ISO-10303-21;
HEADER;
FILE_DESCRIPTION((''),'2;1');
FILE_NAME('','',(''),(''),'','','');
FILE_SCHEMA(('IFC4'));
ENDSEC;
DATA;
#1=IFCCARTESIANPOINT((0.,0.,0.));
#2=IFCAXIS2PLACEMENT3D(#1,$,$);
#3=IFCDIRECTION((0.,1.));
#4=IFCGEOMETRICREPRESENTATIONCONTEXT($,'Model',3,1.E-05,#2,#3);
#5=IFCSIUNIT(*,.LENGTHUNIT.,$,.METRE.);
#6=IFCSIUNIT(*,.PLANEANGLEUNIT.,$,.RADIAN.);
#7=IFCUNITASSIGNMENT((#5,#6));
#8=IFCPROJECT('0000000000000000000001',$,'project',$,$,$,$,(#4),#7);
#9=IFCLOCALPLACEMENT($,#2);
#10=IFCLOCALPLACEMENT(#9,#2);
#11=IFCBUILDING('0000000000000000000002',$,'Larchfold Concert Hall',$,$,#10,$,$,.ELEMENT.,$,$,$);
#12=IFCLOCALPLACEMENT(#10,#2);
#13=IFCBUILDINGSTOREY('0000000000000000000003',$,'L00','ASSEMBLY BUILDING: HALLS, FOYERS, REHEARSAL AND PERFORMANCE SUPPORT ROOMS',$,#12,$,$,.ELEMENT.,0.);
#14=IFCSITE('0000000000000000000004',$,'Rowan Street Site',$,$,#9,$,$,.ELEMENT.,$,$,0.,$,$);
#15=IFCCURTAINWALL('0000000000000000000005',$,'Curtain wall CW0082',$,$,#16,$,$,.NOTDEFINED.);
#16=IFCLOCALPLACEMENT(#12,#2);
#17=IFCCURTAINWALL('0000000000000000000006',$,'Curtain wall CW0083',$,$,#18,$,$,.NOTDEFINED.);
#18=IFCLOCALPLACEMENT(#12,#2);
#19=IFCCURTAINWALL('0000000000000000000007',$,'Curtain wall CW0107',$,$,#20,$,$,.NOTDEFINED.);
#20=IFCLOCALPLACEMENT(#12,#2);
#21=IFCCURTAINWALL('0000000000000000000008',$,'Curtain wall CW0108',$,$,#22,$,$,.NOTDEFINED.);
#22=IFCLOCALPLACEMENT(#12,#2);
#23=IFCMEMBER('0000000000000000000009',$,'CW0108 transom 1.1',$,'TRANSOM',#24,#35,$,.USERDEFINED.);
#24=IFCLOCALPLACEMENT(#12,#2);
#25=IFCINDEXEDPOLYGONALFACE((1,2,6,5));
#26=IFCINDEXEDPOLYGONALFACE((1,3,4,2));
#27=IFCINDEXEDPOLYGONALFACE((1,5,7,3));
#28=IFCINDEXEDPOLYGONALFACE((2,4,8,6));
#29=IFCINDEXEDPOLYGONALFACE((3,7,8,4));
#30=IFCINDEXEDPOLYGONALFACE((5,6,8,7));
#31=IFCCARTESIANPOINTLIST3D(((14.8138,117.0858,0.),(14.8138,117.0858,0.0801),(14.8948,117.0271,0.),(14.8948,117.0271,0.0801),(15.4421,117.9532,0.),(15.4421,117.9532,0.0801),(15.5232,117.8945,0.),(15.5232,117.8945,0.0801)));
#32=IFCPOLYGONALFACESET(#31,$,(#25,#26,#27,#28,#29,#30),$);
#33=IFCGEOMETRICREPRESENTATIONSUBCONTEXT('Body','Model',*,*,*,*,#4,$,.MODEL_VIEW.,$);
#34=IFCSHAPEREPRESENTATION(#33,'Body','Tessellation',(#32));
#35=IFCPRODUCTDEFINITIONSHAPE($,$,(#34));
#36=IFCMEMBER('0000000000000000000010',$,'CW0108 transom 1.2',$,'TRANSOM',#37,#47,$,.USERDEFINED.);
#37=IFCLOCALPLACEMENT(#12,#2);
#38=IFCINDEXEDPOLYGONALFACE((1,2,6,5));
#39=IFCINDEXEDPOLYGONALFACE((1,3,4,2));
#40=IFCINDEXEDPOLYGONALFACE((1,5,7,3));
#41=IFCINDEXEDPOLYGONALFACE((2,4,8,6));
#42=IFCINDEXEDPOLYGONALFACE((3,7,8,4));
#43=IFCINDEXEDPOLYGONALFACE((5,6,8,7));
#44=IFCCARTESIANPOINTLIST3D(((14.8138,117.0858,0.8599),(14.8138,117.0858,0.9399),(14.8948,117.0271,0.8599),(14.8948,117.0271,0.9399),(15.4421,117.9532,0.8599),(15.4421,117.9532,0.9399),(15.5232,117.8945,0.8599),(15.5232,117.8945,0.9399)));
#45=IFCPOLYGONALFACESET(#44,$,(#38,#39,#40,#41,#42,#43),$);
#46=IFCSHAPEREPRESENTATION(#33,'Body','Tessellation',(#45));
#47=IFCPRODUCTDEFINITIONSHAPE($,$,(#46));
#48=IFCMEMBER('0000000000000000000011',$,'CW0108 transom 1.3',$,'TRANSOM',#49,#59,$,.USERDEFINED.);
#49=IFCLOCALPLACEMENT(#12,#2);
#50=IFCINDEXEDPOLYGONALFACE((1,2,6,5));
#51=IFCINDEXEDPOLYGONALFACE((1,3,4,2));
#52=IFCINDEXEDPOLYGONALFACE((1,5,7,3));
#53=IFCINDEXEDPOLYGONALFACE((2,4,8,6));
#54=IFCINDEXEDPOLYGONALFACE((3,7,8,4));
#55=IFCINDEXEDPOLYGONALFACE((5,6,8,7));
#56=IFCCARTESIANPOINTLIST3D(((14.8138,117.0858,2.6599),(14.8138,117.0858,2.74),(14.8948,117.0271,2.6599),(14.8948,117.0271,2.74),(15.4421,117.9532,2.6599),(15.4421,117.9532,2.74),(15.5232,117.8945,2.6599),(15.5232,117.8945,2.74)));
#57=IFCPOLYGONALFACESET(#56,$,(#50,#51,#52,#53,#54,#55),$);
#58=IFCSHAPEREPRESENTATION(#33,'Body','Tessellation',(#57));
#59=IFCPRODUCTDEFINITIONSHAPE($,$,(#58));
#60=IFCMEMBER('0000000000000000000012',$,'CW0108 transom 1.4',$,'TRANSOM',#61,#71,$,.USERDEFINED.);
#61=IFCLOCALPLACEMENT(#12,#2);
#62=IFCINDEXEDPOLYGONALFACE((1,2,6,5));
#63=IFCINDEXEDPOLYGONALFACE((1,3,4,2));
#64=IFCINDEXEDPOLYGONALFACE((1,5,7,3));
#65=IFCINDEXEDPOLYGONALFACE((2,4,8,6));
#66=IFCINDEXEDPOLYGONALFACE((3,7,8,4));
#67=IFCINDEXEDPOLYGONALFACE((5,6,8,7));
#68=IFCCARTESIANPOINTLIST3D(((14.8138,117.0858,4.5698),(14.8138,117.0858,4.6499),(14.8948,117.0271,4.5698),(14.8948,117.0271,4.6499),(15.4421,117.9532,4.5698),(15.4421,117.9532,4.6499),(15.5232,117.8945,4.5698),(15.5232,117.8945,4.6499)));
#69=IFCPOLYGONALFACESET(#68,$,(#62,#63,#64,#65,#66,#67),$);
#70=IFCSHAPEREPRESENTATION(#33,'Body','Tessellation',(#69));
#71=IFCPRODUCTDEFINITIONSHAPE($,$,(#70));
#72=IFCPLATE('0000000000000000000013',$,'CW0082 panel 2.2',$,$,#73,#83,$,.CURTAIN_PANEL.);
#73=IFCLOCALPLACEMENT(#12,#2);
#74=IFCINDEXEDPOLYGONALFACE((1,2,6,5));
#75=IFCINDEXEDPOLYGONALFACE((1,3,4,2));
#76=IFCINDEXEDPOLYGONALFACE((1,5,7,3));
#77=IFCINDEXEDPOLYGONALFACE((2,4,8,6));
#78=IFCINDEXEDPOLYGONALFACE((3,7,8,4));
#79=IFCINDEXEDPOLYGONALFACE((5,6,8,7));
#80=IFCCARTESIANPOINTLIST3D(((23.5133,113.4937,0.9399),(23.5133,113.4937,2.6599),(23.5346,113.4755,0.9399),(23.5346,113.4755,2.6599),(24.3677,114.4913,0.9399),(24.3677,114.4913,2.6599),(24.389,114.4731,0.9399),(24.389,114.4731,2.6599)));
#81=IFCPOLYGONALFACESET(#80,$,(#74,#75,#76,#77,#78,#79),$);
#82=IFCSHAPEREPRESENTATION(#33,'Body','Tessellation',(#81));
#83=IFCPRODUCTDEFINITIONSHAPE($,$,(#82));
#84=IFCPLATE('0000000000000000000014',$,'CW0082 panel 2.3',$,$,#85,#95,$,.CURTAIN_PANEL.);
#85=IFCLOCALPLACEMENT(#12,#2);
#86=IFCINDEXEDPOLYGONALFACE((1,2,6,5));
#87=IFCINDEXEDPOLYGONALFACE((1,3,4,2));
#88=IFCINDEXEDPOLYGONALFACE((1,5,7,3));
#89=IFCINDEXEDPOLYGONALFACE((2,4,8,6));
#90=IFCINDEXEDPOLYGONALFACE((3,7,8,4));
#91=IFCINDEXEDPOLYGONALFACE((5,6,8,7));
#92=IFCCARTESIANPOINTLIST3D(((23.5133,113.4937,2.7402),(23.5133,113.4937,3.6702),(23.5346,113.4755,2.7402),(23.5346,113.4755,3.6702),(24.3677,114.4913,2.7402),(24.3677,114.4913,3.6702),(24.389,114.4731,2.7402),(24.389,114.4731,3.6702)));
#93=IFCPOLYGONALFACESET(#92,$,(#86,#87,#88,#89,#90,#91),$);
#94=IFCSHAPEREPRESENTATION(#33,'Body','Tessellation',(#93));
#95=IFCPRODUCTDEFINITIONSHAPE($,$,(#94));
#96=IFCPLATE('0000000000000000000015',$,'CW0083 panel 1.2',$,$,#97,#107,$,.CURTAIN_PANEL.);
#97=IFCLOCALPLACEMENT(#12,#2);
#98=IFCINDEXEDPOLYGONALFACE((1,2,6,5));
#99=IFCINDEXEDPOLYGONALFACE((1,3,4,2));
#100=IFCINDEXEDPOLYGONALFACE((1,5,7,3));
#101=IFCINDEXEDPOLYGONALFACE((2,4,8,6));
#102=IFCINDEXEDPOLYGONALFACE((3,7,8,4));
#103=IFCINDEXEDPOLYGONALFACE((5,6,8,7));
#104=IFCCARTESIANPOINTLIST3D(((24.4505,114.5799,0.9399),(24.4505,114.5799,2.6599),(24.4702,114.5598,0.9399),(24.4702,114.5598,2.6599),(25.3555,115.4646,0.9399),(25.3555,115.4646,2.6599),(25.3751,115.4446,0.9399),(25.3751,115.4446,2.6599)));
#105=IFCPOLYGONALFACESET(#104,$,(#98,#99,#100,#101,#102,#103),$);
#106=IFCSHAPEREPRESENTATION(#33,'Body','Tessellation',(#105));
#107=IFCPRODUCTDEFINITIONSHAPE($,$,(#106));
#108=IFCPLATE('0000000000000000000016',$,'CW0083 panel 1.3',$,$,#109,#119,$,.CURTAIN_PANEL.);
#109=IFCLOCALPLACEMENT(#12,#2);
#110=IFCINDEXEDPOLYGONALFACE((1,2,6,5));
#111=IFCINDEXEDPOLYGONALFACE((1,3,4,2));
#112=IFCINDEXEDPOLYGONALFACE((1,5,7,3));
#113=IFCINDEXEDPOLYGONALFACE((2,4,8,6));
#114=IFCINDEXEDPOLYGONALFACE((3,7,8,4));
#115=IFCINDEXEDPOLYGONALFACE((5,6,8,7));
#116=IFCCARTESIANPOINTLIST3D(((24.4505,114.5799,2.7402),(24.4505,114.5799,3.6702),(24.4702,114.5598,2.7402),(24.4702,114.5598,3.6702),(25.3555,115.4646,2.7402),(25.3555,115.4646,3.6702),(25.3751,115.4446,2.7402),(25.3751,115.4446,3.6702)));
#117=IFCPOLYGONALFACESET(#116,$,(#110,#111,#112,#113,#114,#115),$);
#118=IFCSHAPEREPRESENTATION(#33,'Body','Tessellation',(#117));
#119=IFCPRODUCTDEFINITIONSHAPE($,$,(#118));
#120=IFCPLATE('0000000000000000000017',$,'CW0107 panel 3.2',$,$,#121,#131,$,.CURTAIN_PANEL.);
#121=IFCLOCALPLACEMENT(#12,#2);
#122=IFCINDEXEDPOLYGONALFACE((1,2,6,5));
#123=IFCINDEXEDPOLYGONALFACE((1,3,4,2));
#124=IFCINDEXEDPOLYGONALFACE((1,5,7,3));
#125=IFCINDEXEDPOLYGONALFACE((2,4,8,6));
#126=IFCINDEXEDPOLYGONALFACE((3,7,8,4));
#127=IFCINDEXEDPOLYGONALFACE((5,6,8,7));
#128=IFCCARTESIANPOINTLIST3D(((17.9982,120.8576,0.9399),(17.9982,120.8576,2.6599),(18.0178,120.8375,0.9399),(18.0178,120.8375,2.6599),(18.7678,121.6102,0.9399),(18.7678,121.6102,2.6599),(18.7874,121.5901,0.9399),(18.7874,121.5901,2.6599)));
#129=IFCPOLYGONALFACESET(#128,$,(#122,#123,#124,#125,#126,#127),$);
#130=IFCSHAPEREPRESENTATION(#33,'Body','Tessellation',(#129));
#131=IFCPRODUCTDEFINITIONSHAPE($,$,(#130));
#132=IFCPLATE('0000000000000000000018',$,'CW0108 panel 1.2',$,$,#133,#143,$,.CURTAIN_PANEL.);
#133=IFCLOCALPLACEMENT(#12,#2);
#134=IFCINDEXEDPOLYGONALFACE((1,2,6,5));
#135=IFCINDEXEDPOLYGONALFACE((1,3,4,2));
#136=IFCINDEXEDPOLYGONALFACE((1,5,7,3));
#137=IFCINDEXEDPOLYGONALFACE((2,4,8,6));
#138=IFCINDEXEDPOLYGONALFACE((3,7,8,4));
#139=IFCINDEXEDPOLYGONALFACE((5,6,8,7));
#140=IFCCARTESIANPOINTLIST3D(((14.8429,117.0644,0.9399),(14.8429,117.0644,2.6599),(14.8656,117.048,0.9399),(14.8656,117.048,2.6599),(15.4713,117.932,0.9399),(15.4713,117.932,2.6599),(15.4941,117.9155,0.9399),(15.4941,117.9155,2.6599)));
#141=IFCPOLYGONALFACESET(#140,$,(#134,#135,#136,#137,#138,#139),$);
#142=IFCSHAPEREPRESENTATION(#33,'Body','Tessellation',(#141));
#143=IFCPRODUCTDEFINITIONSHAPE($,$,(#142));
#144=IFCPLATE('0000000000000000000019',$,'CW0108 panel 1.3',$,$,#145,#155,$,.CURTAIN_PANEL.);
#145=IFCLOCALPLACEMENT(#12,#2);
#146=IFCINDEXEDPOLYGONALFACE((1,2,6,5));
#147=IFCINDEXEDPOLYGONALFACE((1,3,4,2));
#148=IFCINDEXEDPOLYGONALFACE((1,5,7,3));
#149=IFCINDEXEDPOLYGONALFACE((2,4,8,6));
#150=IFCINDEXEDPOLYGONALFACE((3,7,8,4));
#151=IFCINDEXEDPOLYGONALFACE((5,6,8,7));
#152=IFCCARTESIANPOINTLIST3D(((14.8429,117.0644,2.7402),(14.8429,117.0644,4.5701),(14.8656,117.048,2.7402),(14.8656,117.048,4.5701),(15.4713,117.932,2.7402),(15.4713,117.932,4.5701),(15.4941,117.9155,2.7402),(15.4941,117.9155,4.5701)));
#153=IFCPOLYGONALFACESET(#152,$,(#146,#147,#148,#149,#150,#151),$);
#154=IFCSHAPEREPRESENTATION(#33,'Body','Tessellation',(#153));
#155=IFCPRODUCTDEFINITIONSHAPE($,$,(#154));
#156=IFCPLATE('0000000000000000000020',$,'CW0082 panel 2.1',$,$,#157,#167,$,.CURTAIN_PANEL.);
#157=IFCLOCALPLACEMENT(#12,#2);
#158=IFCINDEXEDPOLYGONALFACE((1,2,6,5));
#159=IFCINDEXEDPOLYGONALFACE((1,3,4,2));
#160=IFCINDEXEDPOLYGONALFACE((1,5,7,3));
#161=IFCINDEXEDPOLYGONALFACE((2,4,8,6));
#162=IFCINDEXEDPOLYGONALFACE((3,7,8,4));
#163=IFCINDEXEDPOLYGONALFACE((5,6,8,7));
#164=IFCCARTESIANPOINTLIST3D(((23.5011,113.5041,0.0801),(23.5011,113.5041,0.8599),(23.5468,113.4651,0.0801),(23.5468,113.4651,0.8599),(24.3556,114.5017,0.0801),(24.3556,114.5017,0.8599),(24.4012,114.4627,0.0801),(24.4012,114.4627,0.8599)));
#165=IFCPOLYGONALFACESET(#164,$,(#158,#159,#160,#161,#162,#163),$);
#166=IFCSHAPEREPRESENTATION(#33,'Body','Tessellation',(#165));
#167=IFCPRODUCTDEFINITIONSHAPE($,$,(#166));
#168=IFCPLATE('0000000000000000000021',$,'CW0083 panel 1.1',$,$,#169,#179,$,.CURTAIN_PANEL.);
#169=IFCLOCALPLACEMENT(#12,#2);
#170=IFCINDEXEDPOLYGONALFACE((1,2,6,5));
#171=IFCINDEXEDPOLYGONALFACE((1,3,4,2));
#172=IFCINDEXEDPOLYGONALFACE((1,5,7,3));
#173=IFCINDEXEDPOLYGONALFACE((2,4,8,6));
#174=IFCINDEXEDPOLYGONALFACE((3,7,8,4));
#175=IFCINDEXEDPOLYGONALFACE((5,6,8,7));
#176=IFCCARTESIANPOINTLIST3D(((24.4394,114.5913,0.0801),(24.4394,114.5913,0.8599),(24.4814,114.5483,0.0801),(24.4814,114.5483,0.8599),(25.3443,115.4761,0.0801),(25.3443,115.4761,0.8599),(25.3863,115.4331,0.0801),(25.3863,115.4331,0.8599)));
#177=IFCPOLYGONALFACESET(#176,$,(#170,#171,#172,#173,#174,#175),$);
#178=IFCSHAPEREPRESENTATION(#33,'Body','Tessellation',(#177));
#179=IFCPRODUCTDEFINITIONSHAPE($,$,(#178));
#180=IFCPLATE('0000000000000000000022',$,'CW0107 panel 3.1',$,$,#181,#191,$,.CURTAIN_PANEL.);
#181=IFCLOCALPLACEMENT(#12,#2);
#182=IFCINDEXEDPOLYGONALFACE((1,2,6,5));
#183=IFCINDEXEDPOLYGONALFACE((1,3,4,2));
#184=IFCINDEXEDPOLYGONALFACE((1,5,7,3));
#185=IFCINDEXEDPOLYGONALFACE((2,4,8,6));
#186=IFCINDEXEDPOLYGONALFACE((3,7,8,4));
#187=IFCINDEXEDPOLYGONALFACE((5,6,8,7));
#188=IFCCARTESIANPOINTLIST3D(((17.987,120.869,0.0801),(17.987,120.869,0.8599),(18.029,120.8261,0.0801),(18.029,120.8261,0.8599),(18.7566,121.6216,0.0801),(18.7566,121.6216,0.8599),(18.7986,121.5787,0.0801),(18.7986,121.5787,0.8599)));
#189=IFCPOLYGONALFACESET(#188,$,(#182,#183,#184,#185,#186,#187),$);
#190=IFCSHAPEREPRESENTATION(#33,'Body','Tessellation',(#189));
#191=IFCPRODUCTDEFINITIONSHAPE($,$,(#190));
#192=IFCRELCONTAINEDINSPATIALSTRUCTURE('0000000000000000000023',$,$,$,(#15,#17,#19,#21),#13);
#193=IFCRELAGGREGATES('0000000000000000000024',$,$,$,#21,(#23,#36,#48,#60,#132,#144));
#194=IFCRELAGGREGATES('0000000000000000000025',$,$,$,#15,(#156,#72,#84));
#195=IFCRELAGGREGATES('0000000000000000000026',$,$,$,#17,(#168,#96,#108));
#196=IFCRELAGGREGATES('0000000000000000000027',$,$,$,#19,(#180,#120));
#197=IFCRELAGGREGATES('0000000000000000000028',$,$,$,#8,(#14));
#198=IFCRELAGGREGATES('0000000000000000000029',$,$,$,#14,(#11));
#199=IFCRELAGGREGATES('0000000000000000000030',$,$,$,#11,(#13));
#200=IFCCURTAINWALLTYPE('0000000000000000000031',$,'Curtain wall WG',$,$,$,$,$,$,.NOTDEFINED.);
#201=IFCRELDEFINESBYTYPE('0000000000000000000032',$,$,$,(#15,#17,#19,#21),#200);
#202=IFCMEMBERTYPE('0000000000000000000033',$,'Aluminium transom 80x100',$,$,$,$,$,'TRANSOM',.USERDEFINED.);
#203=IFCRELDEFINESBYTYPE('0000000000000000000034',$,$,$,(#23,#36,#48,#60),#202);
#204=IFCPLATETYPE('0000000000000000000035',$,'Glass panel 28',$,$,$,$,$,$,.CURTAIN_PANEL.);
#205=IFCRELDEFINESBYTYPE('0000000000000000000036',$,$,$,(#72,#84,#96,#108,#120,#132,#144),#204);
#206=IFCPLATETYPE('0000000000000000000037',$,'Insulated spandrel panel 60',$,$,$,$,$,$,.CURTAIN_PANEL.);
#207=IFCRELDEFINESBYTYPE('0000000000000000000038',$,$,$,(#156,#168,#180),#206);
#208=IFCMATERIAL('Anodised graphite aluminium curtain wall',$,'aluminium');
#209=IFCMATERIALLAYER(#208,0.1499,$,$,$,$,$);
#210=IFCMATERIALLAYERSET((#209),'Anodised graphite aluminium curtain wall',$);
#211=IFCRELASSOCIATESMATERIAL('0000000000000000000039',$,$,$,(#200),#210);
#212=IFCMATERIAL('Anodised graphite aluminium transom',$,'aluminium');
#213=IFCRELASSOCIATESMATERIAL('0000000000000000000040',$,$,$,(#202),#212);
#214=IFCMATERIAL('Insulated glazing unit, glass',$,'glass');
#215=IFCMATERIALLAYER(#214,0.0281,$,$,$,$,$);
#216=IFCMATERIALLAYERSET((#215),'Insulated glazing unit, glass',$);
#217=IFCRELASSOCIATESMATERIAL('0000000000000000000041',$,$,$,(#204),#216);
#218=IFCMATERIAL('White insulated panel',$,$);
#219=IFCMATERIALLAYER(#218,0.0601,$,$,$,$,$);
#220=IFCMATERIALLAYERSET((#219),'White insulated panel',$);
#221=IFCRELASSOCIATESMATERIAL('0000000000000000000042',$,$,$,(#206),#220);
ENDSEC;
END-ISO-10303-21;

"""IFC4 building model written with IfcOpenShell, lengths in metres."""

from ifc_helpers import new_model, si_unit, direction, frame, origin, origin_2d, place, context, subcontext, project, spatial, rectangle, extrude, material, layer, layer_set, material_profile, profile_set, type_object, element, aggregate, save


model = new_model("IFC4")

# Units and contexts
model_context = context("Model", 3, precision=1e-05, world=origin(), true_north=direction((0.0, 1.0)))
body_context = subcontext(model_context, "Body", "Model", "MODEL_VIEW")
ifc_project = project(units=[si_unit("LENGTHUNIT", "METRE"), si_unit("PLANEANGLEUNIT", "RADIAN")], contexts=[model_context])

# Site, building, storey
site_placement = place(None, origin())
site = spatial("IfcSite", under=ifc_project, at=site_placement, Name="Rowan Street Site", CompositionType="ELEMENT", RefElevation=0.0)
building_placement = place(site_placement, origin())
building = spatial("IfcBuilding", under=site, at=building_placement, Name="Larchfold Concert Hall", CompositionType="ELEMENT")
storey_placement = place(building_placement, origin())
storey = spatial("IfcBuildingStorey", under=building, at=storey_placement, Name="L00", Description="ASSEMBLY BUILDING: HALLS, FOYERS, REHEARSAL AND PERFORMANCE SUPPORT ROOMS", CompositionType="ELEMENT", Elevation=0.0)

# Curtain walls
ifc_material_1 = material(Name="Anodised graphite aluminium curtain wall", Category="aluminium")
ifc_layer_1 = layer(ifc_material_1, 0.1499)
ifc_layer_set_1 = layer_set([ifc_layer_1], Name="Anodised graphite aluminium curtain wall")
curtain_wall_type = type_object("IfcCurtainWallType", Name="Curtain wall WG", PredefinedType="NOTDEFINED", material=ifc_layer_set_1)
curtain_wall_1_placement = place(storey_placement, origin())
curtain_wall_1 = element("IfcCurtainWall", 1, at=curtain_wall_1_placement, inside=storey, type_object=curtain_wall_type, Name="Curtain wall CW0082", PredefinedType="NOTDEFINED")
curtain_wall_2_placement = place(storey_placement, origin())
curtain_wall_2 = element("IfcCurtainWall", 2, at=curtain_wall_2_placement, inside=storey, type_object=curtain_wall_type, Name="Curtain wall CW0083", PredefinedType="NOTDEFINED")
curtain_wall_3_placement = place(storey_placement, origin())
curtain_wall_3 = element("IfcCurtainWall", 3, at=curtain_wall_3_placement, inside=storey, type_object=curtain_wall_type, Name="Curtain wall CW0107", PredefinedType="NOTDEFINED")
curtain_wall_4_placement = place(storey_placement, origin())
curtain_wall_4 = element("IfcCurtainWall", 4, at=curtain_wall_4_placement, inside=storey, type_object=curtain_wall_type, Name="Curtain wall CW0108", PredefinedType="NOTDEFINED")

# Members
ifc_material_2 = material(Name="Anodised graphite aluminium transom", Category="aluminium")
ifc_material_profile_1 = material_profile(ifc_material_2, rectangle(XDim=0.1001, YDim=0.0801, at=origin_2d()))
ifc_profile_set_1 = profile_set([ifc_material_profile_1], Name="Anodised graphite aluminium transom")
member_type_1 = type_object("IfcMemberType", Name="Aluminium transom 80x100", ElementType="TRANSOM", PredefinedType="USERDEFINED", material=ifc_profile_set_1)
member_1_placement = place(storey_placement, frame((15.4827, 117.9238, 0.04), z_axis=(-0.58668, -0.809819, 0.0), x_axis=(0.809819, -0.58668, 0.0)))
member_1 = element("IfcMember", 5, at=member_1_placement, type_object=member_type_1, Name="CW0108 transom 1.1", ObjectType="TRANSOM", PredefinedType="USERDEFINED", context=body_context, shape_type="SweptSolid", body=[
    extrude(rectangle(XDim=0.1001, YDim=0.0801, at=origin_2d()), origin(), (0.0, 0.0, 1.0), 1.071),
])
member_2_placement = place(storey_placement, frame((15.4827, 117.9238, 0.8999), z_axis=(-0.58668, -0.809819, 0.0), x_axis=(0.809819, -0.58668, 0.0)))
member_2 = element("IfcMember", 6, at=member_2_placement, type_object=member_type_1, Name="CW0108 transom 1.2", ObjectType="TRANSOM", PredefinedType="USERDEFINED", context=body_context, shape_type="SweptSolid", body=[
    extrude(rectangle(XDim=0.1001, YDim=0.0801, at=origin_2d()), origin(), (0.0, 0.0, 1.0), 1.071),
])
member_3_placement = place(storey_placement, frame((15.4827, 117.9238, 2.7), z_axis=(-0.58668, -0.809819, 0.0), x_axis=(0.809819, -0.58668, 0.0)))
member_3 = element("IfcMember", 7, at=member_3_placement, type_object=member_type_1, Name="CW0108 transom 1.3", ObjectType="TRANSOM", PredefinedType="USERDEFINED", context=body_context, shape_type="SweptSolid", body=[
    extrude(rectangle(XDim=0.1001, YDim=0.0801, at=origin_2d()), origin(), (0.0, 0.0, 1.0), 1.071),
])
member_4_placement = place(storey_placement, frame((15.4827, 117.9238, 4.6099), z_axis=(-0.58668, -0.809819, 0.0), x_axis=(0.809819, -0.58668, 0.0)))
member_4 = element("IfcMember", 8, at=member_4_placement, type_object=member_type_1, Name="CW0108 transom 1.4", ObjectType="TRANSOM", PredefinedType="USERDEFINED", context=body_context, shape_type="SweptSolid", body=[
    extrude(rectangle(XDim=0.1001, YDim=0.0801, at=origin_2d()), origin(), (0.0, 0.0, 1.0), 1.071),
])

# Plates
ifc_material_3 = material(Name="Insulated glazing unit, glass", Category="glass")
ifc_layer_2 = layer(ifc_material_3, 0.0281)
ifc_layer_set_2 = layer_set([ifc_layer_2], Name="Insulated glazing unit, glass")
plate_type_1 = type_object("IfcPlateType", Name="Glass panel 28", PredefinedType="CURTAIN_PANEL", material=ifc_layer_set_2)
plate_1_placement = place(storey_placement, frame((23.9512, 113.9834, 0.9399), z_axis=(0.0, 0.0, 1.0), x_axis=(0.650512, 0.759496, 0.0)))
plate_1 = element("IfcPlate", 9, at=plate_1_placement, type_object=plate_type_1, Name="CW0082 panel 2.2", PredefinedType="CURTAIN_PANEL", context=body_context, shape_type="SweptSolid", body=[
    extrude(rectangle(XDim=1.3135, YDim=0.0281, at=origin_2d()), origin(), (0.0, 0.0, 1.0), 1.72),
])
plate_2_placement = place(storey_placement, frame((23.9512, 113.9834, 2.7402), z_axis=(0.0, 0.0, 1.0), x_axis=(0.650512, 0.759496, 0.0)))
plate_2 = element("IfcPlate", 10, at=plate_2_placement, type_object=plate_type_1, Name="CW0082 panel 2.3", PredefinedType="CURTAIN_PANEL", context=body_context, shape_type="SweptSolid", body=[
    extrude(rectangle(XDim=1.3135, YDim=0.0281, at=origin_2d()), origin(), (0.0, 0.0, 1.0), 0.9299),
])
plate_3_placement = place(storey_placement, frame((24.9128, 115.0122, 0.9399), z_axis=(0.0, 0.0, 1.0), x_axis=(0.715032, 0.699092, 0.0)))
plate_3 = element("IfcPlate", 11, at=plate_3_placement, type_object=plate_type_1, Name="CW0083 panel 1.2", PredefinedType="CURTAIN_PANEL", context=body_context, shape_type="SweptSolid", body=[
    extrude(rectangle(XDim=1.2656, YDim=0.0281, at=origin_2d()), origin(), (0.0, 0.0, 1.0), 1.72),
])
plate_4_placement = place(storey_placement, frame((24.9128, 115.0122, 2.7402), z_axis=(0.0, 0.0, 1.0), x_axis=(0.715032, 0.699092, 0.0)))
plate_4 = element("IfcPlate", 12, at=plate_4_placement, type_object=plate_type_1, Name="CW0083 panel 1.3", PredefinedType="CURTAIN_PANEL", context=body_context, shape_type="SweptSolid", body=[
    extrude(rectangle(XDim=1.2656, YDim=0.0281, at=origin_2d()), origin(), (0.0, 0.0, 1.0), 0.9299),
])
plate_5_placement = place(storey_placement, frame((18.3928, 121.2239, 0.9399), z_axis=(0.0, 0.0, 1.0), x_axis=(-0.714947, -0.699179, 0.0)))
plate_5 = element("IfcPlate", 13, at=plate_5_placement, type_object=plate_type_1, Name="CW0107 panel 3.2", PredefinedType="CURTAIN_PANEL", context=body_context, shape_type="SweptSolid", body=[
    extrude(rectangle(XDim=1.0764, YDim=0.0281, at=origin_2d()), origin(), (0.0, 0.0, 1.0), 1.72),
])
plate_6_placement = place(storey_placement, frame((15.1685, 117.49, 0.9399), z_axis=(0.0, 0.0, 1.0), x_axis=(-0.586641, -0.809847, 0.0)))
plate_6 = element("IfcPlate", 14, at=plate_6_placement, type_object=plate_type_1, Name="CW0108 panel 1.2", PredefinedType="CURTAIN_PANEL", context=body_context, shape_type="SweptSolid", body=[
    extrude(rectangle(XDim=1.0713, YDim=0.0281, at=origin_2d()), origin(), (0.0, 0.0, 1.0), 1.72),
])
plate_7_placement = place(storey_placement, frame((15.1685, 117.49, 2.7402), z_axis=(0.0, 0.0, 1.0), x_axis=(-0.586641, -0.809847, 0.0)))
plate_7 = element("IfcPlate", 15, at=plate_7_placement, type_object=plate_type_1, Name="CW0108 panel 1.3", PredefinedType="CURTAIN_PANEL", context=body_context, shape_type="SweptSolid", body=[
    extrude(rectangle(XDim=1.0713, YDim=0.0281, at=origin_2d()), origin(), (0.0, 0.0, 1.0), 1.8298),
])
aggregate(curtain_wall_4, [member_1, member_2, member_3, member_4, plate_6, plate_7])
ifc_material_4 = material(Name="White insulated panel")
ifc_layer_3 = layer(ifc_material_4, 0.0601)
ifc_layer_set_3 = layer_set([ifc_layer_3], Name="White insulated panel")
plate_type_2 = type_object("IfcPlateType", Name="Insulated spandrel panel 60", PredefinedType="CURTAIN_PANEL", material=ifc_layer_set_3)
plate_8_placement = place(storey_placement, frame((23.9512, 113.9834, 0.0801), z_axis=(0.0, 0.0, 1.0), x_axis=(0.650512, 0.759496, 0.0)))
plate_8 = element("IfcPlate", 16, at=plate_8_placement, type_object=plate_type_2, Name="CW0082 panel 2.1", PredefinedType="CURTAIN_PANEL", context=body_context, shape_type="SweptSolid", body=[
    extrude(rectangle(XDim=1.3135, YDim=0.0601, at=origin_2d()), origin(), (0.0, 0.0, 1.0), 0.7798),
])
aggregate(curtain_wall_1, [plate_8, plate_1, plate_2])
plate_9_placement = place(storey_placement, frame((24.9128, 115.0122, 0.0801), z_axis=(0.0, 0.0, 1.0), x_axis=(0.715032, 0.699092, 0.0)))
plate_9 = element("IfcPlate", 17, at=plate_9_placement, type_object=plate_type_2, Name="CW0083 panel 1.1", PredefinedType="CURTAIN_PANEL", context=body_context, shape_type="SweptSolid", body=[
    extrude(rectangle(XDim=1.2656, YDim=0.0601, at=origin_2d()), origin(), (0.0, 0.0, 1.0), 0.7798),
])
aggregate(curtain_wall_2, [plate_9, plate_3, plate_4])
plate_10_placement = place(storey_placement, frame((18.3928, 121.2239, 0.0801), z_axis=(0.0, 0.0, 1.0), x_axis=(-0.714947, -0.699179, 0.0)))
plate_10 = element("IfcPlate", 18, at=plate_10_placement, type_object=plate_type_2, Name="CW0107 panel 3.1", PredefinedType="CURTAIN_PANEL", context=body_context, shape_type="SweptSolid", body=[
    extrude(rectangle(XDim=1.0764, YDim=0.0601, at=origin_2d()), origin(), (0.0, 0.0, 1.0), 0.7798),
])
aggregate(curtain_wall_3, [plate_10, plate_5])

save(model, "model.ifc")
